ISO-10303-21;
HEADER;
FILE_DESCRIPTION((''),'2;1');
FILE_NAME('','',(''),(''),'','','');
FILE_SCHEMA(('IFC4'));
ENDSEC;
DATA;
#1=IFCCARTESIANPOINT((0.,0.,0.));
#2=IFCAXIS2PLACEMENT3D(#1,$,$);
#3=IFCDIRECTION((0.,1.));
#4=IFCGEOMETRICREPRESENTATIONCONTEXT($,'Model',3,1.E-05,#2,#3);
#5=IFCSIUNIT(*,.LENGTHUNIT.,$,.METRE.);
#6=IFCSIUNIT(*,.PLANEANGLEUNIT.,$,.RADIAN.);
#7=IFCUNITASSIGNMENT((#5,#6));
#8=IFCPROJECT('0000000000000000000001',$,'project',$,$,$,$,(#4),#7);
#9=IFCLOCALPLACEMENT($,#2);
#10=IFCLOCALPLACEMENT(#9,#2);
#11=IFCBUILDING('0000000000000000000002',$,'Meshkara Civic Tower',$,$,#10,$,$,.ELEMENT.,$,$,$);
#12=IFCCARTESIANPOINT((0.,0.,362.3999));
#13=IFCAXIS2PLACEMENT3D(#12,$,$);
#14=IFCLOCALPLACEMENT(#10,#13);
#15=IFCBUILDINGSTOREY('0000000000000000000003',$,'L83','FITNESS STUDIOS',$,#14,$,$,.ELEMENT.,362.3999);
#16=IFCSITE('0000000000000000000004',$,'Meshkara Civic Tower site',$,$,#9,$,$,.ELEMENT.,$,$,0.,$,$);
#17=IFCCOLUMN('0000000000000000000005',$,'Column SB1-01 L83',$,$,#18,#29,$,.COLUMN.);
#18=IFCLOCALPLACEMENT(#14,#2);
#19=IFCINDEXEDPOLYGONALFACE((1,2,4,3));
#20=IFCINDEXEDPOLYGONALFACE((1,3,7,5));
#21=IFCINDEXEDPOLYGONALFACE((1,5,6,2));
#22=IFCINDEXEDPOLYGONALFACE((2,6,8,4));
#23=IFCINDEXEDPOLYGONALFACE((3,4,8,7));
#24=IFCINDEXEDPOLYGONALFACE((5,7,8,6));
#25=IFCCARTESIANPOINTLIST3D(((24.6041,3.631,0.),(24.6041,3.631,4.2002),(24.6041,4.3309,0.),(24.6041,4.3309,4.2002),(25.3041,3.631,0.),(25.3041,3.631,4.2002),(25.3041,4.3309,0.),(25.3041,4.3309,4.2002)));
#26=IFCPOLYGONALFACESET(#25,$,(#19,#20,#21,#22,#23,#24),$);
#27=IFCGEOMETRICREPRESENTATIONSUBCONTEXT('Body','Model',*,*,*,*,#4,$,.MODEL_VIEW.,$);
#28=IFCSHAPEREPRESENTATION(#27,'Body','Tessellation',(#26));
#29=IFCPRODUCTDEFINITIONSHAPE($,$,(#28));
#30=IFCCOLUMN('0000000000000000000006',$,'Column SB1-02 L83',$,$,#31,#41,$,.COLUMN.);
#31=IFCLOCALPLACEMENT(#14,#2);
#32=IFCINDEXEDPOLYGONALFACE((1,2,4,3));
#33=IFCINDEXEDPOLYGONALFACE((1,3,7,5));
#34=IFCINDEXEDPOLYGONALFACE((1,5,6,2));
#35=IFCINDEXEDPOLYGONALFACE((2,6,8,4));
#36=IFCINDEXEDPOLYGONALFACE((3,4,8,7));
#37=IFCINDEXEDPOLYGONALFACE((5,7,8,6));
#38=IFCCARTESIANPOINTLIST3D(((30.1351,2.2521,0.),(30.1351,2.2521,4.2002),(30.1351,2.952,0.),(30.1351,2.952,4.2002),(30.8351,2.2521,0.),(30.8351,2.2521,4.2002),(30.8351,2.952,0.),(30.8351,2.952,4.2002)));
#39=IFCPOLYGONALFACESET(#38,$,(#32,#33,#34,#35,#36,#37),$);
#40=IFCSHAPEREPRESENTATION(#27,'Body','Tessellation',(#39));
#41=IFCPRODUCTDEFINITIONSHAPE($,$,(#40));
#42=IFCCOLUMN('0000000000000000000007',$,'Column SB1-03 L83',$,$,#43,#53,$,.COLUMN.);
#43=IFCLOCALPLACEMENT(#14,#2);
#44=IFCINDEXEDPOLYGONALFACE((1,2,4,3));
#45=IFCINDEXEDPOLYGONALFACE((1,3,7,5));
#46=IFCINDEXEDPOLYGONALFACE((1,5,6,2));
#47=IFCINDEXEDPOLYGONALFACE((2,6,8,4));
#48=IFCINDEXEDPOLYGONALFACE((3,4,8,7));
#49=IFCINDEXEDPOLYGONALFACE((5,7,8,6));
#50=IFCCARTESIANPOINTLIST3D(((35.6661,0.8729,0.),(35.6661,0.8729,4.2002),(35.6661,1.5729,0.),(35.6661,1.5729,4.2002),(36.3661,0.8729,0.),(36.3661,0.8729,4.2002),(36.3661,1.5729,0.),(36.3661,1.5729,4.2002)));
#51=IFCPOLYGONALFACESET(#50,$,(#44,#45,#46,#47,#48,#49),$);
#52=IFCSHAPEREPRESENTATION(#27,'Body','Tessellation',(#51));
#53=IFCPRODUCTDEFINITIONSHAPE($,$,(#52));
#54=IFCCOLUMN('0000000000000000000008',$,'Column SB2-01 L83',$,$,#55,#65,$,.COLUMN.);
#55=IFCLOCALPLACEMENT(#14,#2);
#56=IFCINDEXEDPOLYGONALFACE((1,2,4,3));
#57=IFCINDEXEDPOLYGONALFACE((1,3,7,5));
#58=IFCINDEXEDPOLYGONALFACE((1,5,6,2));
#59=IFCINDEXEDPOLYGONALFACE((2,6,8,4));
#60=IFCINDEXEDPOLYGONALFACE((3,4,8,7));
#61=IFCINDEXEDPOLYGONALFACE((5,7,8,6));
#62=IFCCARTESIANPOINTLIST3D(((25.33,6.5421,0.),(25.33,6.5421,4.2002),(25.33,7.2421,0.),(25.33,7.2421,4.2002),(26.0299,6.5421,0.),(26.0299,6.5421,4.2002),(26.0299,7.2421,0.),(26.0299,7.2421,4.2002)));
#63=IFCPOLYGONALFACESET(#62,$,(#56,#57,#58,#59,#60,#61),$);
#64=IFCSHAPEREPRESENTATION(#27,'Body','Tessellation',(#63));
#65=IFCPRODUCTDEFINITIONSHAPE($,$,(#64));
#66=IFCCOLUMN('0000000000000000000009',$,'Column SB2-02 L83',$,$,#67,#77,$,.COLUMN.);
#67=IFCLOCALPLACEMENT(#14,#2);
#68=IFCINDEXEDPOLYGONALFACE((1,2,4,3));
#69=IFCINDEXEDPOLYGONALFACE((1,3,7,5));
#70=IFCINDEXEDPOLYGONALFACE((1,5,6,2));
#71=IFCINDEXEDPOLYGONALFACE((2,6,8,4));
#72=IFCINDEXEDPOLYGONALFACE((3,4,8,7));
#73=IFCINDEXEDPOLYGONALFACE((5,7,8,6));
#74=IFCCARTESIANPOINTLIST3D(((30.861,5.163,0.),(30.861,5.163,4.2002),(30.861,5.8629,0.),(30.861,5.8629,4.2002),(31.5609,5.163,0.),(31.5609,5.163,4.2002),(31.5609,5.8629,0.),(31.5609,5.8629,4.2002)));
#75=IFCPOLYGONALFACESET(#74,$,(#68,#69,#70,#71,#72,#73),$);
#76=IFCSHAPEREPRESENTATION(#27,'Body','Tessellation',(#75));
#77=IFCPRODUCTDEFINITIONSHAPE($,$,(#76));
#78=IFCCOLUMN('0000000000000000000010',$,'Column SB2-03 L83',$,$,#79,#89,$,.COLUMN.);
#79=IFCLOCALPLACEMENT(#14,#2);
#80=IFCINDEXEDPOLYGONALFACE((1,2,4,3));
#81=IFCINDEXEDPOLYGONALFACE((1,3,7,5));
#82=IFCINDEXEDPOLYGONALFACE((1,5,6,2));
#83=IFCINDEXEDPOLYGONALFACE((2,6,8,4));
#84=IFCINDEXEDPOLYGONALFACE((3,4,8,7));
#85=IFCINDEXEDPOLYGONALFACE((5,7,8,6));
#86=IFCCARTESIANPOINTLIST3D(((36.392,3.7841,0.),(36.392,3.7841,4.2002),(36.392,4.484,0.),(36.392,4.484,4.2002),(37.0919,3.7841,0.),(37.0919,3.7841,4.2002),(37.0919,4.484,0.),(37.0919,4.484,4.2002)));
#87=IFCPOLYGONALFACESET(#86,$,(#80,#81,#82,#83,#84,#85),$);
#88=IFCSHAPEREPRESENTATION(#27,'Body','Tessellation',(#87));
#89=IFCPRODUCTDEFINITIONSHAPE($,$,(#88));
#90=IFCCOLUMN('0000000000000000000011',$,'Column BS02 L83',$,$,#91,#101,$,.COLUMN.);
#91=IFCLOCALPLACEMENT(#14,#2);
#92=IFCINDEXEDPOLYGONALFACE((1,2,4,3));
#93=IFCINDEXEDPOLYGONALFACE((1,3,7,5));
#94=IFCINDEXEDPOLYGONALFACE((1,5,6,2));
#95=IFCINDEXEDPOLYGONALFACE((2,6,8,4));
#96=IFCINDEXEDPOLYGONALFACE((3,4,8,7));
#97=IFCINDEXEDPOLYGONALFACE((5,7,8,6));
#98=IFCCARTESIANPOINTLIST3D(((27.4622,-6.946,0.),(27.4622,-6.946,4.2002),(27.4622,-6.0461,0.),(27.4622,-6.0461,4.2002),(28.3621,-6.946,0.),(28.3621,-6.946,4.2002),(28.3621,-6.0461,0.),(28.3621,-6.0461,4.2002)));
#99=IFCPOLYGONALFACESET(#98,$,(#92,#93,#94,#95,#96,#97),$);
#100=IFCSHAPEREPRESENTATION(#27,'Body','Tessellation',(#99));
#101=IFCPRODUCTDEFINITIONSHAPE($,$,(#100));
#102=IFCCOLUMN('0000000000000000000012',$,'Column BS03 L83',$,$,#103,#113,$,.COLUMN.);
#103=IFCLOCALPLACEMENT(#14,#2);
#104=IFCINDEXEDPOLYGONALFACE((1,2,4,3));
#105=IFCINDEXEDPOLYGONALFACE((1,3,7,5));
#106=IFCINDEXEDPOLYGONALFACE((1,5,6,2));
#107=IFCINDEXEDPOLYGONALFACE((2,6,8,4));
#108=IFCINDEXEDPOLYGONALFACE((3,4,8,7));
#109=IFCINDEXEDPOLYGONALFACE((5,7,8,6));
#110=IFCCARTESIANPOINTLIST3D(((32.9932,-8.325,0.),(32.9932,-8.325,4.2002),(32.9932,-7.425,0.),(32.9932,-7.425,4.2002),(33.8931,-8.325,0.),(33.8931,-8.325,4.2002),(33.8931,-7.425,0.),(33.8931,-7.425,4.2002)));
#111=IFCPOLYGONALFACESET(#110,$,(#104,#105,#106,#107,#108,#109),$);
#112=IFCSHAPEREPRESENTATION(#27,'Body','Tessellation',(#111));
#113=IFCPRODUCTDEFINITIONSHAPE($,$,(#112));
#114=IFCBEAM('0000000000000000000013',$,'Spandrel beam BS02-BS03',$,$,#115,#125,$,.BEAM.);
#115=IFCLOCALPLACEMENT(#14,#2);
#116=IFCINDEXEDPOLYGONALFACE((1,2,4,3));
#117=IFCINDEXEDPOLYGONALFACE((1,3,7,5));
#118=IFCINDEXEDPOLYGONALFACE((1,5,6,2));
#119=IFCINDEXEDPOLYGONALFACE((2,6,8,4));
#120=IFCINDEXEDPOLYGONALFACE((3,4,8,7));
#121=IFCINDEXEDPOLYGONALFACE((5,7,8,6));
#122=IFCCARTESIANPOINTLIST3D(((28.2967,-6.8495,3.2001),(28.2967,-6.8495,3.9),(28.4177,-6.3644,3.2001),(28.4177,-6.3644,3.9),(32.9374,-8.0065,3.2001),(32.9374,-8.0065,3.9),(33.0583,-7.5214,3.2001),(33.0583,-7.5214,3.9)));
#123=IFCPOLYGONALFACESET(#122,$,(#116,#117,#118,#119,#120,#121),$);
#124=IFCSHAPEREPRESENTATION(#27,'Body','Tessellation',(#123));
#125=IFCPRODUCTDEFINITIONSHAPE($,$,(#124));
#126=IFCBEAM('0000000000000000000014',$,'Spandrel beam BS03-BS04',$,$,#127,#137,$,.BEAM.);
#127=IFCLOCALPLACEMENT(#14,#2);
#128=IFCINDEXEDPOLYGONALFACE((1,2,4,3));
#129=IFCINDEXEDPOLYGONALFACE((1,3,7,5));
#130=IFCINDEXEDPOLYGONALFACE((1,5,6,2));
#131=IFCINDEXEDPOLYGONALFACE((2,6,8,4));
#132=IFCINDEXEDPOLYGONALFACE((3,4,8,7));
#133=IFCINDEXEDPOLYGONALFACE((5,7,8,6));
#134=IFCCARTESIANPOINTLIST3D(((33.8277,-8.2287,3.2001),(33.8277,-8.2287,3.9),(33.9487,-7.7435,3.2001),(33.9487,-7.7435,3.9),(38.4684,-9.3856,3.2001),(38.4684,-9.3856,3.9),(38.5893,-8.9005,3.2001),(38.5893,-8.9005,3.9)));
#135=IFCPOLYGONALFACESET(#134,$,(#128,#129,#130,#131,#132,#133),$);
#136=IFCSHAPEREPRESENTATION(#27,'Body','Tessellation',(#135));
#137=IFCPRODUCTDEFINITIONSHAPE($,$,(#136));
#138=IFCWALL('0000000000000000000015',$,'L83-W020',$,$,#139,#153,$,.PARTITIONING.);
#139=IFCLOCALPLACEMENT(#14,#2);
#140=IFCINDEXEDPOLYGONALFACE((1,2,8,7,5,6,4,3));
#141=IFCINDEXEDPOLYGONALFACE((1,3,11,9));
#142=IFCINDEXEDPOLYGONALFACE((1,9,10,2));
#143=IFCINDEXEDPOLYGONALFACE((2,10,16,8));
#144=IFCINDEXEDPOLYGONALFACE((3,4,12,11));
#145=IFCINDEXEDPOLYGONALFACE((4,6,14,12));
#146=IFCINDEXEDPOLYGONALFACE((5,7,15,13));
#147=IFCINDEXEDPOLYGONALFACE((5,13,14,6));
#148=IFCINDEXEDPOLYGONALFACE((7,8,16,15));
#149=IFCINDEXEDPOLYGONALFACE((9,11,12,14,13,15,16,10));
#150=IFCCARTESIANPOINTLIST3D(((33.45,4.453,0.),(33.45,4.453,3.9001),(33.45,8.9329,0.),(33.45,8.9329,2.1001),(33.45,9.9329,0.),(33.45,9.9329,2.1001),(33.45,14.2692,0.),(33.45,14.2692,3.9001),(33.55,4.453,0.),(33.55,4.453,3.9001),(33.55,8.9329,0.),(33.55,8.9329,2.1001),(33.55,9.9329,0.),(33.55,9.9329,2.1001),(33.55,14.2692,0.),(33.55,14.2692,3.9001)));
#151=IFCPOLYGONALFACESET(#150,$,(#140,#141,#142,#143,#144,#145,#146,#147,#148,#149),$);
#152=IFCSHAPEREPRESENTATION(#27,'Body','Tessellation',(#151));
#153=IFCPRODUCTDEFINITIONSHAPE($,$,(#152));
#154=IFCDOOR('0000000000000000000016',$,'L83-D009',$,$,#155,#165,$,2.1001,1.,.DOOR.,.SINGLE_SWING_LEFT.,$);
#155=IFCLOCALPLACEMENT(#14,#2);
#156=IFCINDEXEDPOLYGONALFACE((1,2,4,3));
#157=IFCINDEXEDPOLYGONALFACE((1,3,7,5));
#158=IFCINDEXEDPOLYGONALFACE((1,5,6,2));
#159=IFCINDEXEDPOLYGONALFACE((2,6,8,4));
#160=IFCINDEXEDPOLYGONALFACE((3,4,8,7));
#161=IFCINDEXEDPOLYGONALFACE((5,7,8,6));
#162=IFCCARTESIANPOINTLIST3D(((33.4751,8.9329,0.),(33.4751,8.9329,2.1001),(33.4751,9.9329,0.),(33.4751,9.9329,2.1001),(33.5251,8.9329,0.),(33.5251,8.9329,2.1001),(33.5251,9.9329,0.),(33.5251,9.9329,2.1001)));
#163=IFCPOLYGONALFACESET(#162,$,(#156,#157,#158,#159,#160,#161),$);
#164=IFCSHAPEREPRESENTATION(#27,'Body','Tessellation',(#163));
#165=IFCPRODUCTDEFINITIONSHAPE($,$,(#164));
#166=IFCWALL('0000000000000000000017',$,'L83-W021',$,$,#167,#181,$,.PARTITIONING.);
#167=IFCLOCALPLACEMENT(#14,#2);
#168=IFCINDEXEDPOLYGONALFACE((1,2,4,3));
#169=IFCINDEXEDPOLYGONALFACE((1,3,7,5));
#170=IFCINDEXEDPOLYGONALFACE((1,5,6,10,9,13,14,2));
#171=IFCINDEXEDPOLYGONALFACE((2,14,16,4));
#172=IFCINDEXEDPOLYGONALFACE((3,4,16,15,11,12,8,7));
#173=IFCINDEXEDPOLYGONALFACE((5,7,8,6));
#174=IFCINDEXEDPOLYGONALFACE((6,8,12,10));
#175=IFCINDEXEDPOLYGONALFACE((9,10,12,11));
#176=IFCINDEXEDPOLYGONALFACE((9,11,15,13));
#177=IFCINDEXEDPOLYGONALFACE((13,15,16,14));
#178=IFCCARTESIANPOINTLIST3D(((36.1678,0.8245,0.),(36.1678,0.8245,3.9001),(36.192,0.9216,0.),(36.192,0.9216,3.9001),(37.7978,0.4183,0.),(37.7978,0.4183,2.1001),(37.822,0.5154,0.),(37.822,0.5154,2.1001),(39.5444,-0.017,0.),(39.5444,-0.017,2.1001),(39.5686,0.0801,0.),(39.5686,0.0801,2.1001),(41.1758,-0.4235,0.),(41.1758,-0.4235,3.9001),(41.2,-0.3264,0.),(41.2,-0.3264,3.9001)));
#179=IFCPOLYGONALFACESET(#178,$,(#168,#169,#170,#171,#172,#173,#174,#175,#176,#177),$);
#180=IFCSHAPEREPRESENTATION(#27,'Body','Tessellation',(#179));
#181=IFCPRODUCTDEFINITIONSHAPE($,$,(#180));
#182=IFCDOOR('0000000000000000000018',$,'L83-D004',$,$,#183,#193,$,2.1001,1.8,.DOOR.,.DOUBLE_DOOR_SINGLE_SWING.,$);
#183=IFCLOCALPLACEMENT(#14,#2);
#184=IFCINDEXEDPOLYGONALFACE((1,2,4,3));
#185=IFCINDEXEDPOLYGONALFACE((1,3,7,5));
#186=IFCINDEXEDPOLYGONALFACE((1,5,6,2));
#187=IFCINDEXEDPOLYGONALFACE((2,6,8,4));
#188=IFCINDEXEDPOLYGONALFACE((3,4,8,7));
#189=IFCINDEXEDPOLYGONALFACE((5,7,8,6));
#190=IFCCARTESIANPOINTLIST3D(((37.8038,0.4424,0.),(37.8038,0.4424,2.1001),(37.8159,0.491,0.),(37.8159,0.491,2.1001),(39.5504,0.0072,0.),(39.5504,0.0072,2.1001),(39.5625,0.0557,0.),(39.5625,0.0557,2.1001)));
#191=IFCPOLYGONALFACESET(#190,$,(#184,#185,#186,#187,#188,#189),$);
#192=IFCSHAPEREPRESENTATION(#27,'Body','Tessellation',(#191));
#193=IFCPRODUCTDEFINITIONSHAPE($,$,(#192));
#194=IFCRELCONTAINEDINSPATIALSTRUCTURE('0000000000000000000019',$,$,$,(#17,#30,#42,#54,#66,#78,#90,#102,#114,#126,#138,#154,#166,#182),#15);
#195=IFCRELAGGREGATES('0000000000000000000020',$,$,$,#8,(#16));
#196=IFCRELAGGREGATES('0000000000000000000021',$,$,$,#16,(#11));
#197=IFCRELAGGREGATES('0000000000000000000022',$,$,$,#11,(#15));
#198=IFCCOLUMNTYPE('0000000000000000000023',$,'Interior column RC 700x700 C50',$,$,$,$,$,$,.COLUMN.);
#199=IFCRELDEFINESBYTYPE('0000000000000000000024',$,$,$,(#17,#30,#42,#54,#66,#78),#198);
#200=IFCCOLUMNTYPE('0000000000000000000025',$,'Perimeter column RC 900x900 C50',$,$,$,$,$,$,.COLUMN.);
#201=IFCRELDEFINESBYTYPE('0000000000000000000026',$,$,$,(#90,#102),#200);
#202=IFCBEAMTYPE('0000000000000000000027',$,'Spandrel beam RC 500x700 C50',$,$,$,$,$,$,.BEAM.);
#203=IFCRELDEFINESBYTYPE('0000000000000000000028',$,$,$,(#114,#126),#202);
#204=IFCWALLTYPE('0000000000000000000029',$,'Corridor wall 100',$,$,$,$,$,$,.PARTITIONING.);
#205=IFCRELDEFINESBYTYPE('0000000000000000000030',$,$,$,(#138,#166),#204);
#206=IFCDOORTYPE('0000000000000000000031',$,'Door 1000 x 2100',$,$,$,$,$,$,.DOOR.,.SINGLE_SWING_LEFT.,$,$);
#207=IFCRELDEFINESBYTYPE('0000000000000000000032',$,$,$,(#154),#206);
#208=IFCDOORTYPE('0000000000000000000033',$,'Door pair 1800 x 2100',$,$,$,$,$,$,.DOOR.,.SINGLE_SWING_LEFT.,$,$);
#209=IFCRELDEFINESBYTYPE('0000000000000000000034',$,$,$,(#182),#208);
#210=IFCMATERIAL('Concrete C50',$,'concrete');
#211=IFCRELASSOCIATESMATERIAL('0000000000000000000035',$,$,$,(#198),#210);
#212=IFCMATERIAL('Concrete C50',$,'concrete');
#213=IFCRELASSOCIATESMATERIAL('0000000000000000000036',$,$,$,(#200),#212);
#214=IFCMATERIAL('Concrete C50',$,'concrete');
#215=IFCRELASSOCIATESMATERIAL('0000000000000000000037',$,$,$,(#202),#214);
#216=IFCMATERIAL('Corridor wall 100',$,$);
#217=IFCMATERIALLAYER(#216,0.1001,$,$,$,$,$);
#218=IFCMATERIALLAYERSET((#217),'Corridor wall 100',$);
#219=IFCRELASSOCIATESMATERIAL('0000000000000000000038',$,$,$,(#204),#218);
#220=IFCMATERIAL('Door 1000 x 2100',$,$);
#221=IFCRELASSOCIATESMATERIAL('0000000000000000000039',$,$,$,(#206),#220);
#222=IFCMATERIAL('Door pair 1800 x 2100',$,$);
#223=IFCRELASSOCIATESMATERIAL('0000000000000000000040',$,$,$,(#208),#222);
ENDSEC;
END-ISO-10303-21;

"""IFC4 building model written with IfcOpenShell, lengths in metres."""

from ifc_helpers import new_model, si_unit, direction, frame, frame_2d, origin, origin_2d, place, context, subcontext, project, spatial, rectangle, extrude, material, layer, layer_set, material_profile, profile_set, type_object, element, fill, save


model = new_model("IFC4")

# Units and contexts
model_context = context("Model", 3, precision=1e-05, world=origin(), true_north=direction((0.0, 1.0)))
body_context = subcontext(model_context, "Body", "Model", "MODEL_VIEW")
ifc_project = project(units=[si_unit("LENGTHUNIT", "METRE"), si_unit("PLANEANGLEUNIT", "RADIAN")], contexts=[model_context])

# Site, building, storey
site_placement = place(None, origin())
site = spatial("IfcSite", under=ifc_project, at=site_placement, Name="Meshkara Civic Tower site", CompositionType="ELEMENT", RefElevation=0.0)
building_placement = place(site_placement, origin())
building = spatial("IfcBuilding", under=site, at=building_placement, Name="Meshkara Civic Tower", CompositionType="ELEMENT")
storey_placement = place(building_placement, frame((0.0, 0.0, 362.3999)))
storey = spatial("IfcBuildingStorey", under=building, at=storey_placement, Name="L83", Description="FITNESS STUDIOS", CompositionType="ELEMENT", Elevation=362.3999)

# Columns
ifc_material_1 = material(Name="Concrete C50", Category="concrete")
ifc_material_profile_1 = material_profile(ifc_material_1, rectangle(XDim=0.7, YDim=0.7, at=origin_2d()))
ifc_profile_set_1 = profile_set([ifc_material_profile_1], Name="Concrete C50")
column_type_1 = type_object("IfcColumnType", Name="Interior column RC 700x700 C50", PredefinedType="COLUMN", material=ifc_profile_set_1)
for number, where, z_axis, x_axis, name in (
    (1, (24.9541, 3.981, 0.0), (0.0, 0.0, 1.0), (1.0, 0.0, 0.0), "Column SB1-01 L83"),
    (2, (30.4851, 2.6021, 0.0), (0.0, 0.0, 1.0), (1.0, 0.0, 0.0), "Column SB1-02 L83"),
    (3, (36.0161, 1.2229, 0.0), (0.0, 0.0, 1.0), (1.0, 0.0, 0.0), "Column SB1-03 L83"),
    (4, (25.6799, 6.8921, 0.0), (0.0, 0.0, 1.0), (1.0, 0.0, 0.0), "Column SB2-01 L83"),
    (5, (31.2109, 5.5129, 0.0), (0.0, 0.0, 1.0), (1.0, 0.0, 0.0), "Column SB2-02 L83"),
    (6, (36.7419, 4.134, 0.0), (0.0, 0.0, 1.0), (1.0, 0.0, 0.0), "Column SB2-03 L83"),
):
    element("IfcColumn", number, at=place(storey_placement, frame(where, z_axis=z_axis, x_axis=x_axis)), inside=storey, type_object=column_type_1, Name=name, PredefinedType="COLUMN", context=body_context, shape_type="SweptSolid", body=[
        extrude(rectangle(XDim=0.7, YDim=0.7, at=origin_2d()), origin(), (0.0, 0.0, 1.0), 4.2002),
    ])
ifc_material_2 = material(Name="Concrete C50", Category="concrete")
ifc_material_profile_2 = material_profile(ifc_material_2, rectangle(XDim=0.8999, YDim=0.8999, at=origin_2d()))
ifc_profile_set_2 = profile_set([ifc_material_profile_2], Name="Concrete C50")
column_type_2 = type_object("IfcColumnType", Name="Perimeter column RC 900x900 C50", PredefinedType="COLUMN", material=ifc_profile_set_2)
for number, where, z_axis, x_axis, name in (
    (7, (27.9121, -6.4961, 0.0), (0.0, 0.0, 1.0), (1.0, 0.0, 0.0), "Column BS02 L83"),
    (8, (33.4431, -7.875, 0.0), (0.0, 0.0, 1.0), (1.0, 0.0, 0.0), "Column BS03 L83"),
):
    element("IfcColumn", number, at=place(storey_placement, frame(where, z_axis=z_axis, x_axis=x_axis)), inside=storey, type_object=column_type_2, Name=name, PredefinedType="COLUMN", context=body_context, shape_type="SweptSolid", body=[
        extrude(rectangle(XDim=0.8999, YDim=0.8999, at=origin_2d()), origin(), (0.0, 0.0, 1.0), 4.2002),
    ])

# Beams
ifc_material_3 = material(Name="Concrete C50", Category="concrete")
ifc_material_profile_3 = material_profile(ifc_material_3, rectangle(XDim=0.5, YDim=0.7, at=origin_2d()))
ifc_profile_set_3 = profile_set([ifc_material_profile_3], Name="Concrete C50")
beam_type = type_object("IfcBeamType", Name="Spandrel beam RC 500x700 C50", PredefinedType="BEAM", material=ifc_profile_set_3)
for number, where, z_axis, x_axis, name in (
    (9, (28.3572, -6.6069, 3.55), (0.970298, -0.241911, 0.0), (0.241911, 0.970298, 0.0), "Spandrel beam BS02-BS03"),
    (10, (33.8882, -7.9861, 3.55), (0.970298, -0.241911, 0.0), (0.241911, 0.970298, 0.0), "Spandrel beam BS03-BS04"),
):
    element("IfcBeam", number, at=place(storey_placement, frame(where, z_axis=z_axis, x_axis=x_axis)), inside=storey, type_object=beam_type, Name=name, PredefinedType="BEAM", context=body_context, shape_type="SweptSolid", body=[
        extrude(rectangle(XDim=0.5, YDim=0.7, at=origin_2d()), origin(), (0.0, 0.0, 1.0), 4.7827),
    ])

# Walls, openings, doors
ifc_material_4 = material(Name="Corridor wall 100")
ifc_layer_1 = layer(ifc_material_4, 0.1001)
ifc_layer_set_1 = layer_set([ifc_layer_1], Name="Corridor wall 100")
wall_type_1 = type_object("IfcWallType", Name="Corridor wall 100", PredefinedType="PARTITIONING", material=ifc_layer_set_1)
wall_1_placement = place(storey_placement, frame((33.5, 4.4529, 0.0), z_axis=(0.0, 0.0, 1.0), x_axis=(0.0, 1.0, 0.0)))
wall_1 = element("IfcWall", 11, at=wall_1_placement, inside=storey, type_object=wall_type_1, Name="L83-W020", PredefinedType="PARTITIONING", context=body_context, shape_type="SweptSolid", body=[
    extrude(rectangle(XDim=9.8162, YDim=0.1001, at=frame_2d((4.9082, 0.0))), origin(), (0.0, 0.0, 1.0), 3.9001),
])
opening_1_placement = place(wall_1_placement, frame((4.48, 0.0, 0.0)))
opening_1 = element("IfcOpeningElement", 12, at=opening_1_placement, cuts=wall_1, PredefinedType="OPENING", context=body_context, shape_type="SweptSolid", body=[
    extrude(rectangle(XDim=1.0, YDim=2.1001, at=frame_2d((0.5, 1.05))), frame((0.0, 0.0601, 0.0), z_axis=(0.0, -1.0, 0.0), x_axis=(1.0, 0.0, 0.0)), (0.0, 0.0, 1.0), 0.1201),
])
ifc_material_5 = material(Name="Door 1000 x 2100")
door_type_1 = type_object("IfcDoorType", Name="Door 1000 x 2100", OperationType="SINGLE_SWING_LEFT", PredefinedType="DOOR", material=ifc_material_5)
door_1_placement = place(opening_1_placement, origin())
door_1 = element("IfcDoor", 13, at=door_1_placement, inside=storey, type_object=door_type_1, Name="L83-D009", OperationType="SINGLE_SWING_LEFT", OverallHeight=2.1001, OverallWidth=1.0, PredefinedType="DOOR", context=body_context, shape_type="SweptSolid", body=[
    extrude(rectangle(XDim=1.0, YDim=2.1001, at=frame_2d((0.5, 1.05))), frame((0.0, 0.0249, 0.0), z_axis=(0.0, -1.0, 0.0), x_axis=(1.0, 0.0, 0.0)), (0.0, 0.0, 1.0), 0.05),
])
fill(opening_1, door_1)
wall_2_placement = place(storey_placement, frame((36.1799, 0.873, 0.0), z_axis=(0.0, 0.0, 1.0), x_axis=(0.970323, -0.241812, 0.0)))
wall_2 = element("IfcWall", 14, at=wall_2_placement, inside=storey, type_object=wall_type_1, Name="L83-W021", PredefinedType="PARTITIONING", context=body_context, shape_type="SweptSolid", body=[
    extrude(rectangle(XDim=5.1611, YDim=0.1001, at=frame_2d((2.5806, 0.0))), origin(), (0.0, 0.0, 1.0), 3.9001),
])
opening_2_placement = place(wall_2_placement, frame((1.6799, 0.0, 0.0)))
opening_2 = element("IfcOpeningElement", 15, at=opening_2_placement, cuts=wall_2, PredefinedType="OPENING", context=body_context, shape_type="SweptSolid", body=[
    extrude(rectangle(XDim=1.8, YDim=2.1001, at=frame_2d((0.8999, 1.05))), frame((0.0, 0.0601, 0.0), z_axis=(0.0, -1.0, 0.0), x_axis=(1.0, 0.0, 0.0)), (0.0, 0.0, 1.0), 0.1201),
])
ifc_material_6 = material(Name="Door pair 1800 x 2100")
door_type_2 = type_object("IfcDoorType", Name="Door pair 1800 x 2100", OperationType="SINGLE_SWING_LEFT", PredefinedType="DOOR", material=ifc_material_6)
door_2_placement = place(opening_2_placement, origin())
door_2 = element("IfcDoor", 16, at=door_2_placement, inside=storey, type_object=door_type_2, Name="L83-D004", OperationType="DOUBLE_DOOR_SINGLE_SWING", OverallHeight=2.1001, OverallWidth=1.8, PredefinedType="DOOR", context=body_context, shape_type="SweptSolid", body=[
    extrude(rectangle(XDim=1.8, YDim=2.1001, at=frame_2d((0.8999, 1.05))), frame((0.0, 0.0249, 0.0), z_axis=(0.0, -1.0, 0.0), x_axis=(1.0, 0.0, 0.0)), (0.0, 0.0, 1.0), 0.05),
])
fill(opening_2, door_2)

save(model, "model.ifc")
